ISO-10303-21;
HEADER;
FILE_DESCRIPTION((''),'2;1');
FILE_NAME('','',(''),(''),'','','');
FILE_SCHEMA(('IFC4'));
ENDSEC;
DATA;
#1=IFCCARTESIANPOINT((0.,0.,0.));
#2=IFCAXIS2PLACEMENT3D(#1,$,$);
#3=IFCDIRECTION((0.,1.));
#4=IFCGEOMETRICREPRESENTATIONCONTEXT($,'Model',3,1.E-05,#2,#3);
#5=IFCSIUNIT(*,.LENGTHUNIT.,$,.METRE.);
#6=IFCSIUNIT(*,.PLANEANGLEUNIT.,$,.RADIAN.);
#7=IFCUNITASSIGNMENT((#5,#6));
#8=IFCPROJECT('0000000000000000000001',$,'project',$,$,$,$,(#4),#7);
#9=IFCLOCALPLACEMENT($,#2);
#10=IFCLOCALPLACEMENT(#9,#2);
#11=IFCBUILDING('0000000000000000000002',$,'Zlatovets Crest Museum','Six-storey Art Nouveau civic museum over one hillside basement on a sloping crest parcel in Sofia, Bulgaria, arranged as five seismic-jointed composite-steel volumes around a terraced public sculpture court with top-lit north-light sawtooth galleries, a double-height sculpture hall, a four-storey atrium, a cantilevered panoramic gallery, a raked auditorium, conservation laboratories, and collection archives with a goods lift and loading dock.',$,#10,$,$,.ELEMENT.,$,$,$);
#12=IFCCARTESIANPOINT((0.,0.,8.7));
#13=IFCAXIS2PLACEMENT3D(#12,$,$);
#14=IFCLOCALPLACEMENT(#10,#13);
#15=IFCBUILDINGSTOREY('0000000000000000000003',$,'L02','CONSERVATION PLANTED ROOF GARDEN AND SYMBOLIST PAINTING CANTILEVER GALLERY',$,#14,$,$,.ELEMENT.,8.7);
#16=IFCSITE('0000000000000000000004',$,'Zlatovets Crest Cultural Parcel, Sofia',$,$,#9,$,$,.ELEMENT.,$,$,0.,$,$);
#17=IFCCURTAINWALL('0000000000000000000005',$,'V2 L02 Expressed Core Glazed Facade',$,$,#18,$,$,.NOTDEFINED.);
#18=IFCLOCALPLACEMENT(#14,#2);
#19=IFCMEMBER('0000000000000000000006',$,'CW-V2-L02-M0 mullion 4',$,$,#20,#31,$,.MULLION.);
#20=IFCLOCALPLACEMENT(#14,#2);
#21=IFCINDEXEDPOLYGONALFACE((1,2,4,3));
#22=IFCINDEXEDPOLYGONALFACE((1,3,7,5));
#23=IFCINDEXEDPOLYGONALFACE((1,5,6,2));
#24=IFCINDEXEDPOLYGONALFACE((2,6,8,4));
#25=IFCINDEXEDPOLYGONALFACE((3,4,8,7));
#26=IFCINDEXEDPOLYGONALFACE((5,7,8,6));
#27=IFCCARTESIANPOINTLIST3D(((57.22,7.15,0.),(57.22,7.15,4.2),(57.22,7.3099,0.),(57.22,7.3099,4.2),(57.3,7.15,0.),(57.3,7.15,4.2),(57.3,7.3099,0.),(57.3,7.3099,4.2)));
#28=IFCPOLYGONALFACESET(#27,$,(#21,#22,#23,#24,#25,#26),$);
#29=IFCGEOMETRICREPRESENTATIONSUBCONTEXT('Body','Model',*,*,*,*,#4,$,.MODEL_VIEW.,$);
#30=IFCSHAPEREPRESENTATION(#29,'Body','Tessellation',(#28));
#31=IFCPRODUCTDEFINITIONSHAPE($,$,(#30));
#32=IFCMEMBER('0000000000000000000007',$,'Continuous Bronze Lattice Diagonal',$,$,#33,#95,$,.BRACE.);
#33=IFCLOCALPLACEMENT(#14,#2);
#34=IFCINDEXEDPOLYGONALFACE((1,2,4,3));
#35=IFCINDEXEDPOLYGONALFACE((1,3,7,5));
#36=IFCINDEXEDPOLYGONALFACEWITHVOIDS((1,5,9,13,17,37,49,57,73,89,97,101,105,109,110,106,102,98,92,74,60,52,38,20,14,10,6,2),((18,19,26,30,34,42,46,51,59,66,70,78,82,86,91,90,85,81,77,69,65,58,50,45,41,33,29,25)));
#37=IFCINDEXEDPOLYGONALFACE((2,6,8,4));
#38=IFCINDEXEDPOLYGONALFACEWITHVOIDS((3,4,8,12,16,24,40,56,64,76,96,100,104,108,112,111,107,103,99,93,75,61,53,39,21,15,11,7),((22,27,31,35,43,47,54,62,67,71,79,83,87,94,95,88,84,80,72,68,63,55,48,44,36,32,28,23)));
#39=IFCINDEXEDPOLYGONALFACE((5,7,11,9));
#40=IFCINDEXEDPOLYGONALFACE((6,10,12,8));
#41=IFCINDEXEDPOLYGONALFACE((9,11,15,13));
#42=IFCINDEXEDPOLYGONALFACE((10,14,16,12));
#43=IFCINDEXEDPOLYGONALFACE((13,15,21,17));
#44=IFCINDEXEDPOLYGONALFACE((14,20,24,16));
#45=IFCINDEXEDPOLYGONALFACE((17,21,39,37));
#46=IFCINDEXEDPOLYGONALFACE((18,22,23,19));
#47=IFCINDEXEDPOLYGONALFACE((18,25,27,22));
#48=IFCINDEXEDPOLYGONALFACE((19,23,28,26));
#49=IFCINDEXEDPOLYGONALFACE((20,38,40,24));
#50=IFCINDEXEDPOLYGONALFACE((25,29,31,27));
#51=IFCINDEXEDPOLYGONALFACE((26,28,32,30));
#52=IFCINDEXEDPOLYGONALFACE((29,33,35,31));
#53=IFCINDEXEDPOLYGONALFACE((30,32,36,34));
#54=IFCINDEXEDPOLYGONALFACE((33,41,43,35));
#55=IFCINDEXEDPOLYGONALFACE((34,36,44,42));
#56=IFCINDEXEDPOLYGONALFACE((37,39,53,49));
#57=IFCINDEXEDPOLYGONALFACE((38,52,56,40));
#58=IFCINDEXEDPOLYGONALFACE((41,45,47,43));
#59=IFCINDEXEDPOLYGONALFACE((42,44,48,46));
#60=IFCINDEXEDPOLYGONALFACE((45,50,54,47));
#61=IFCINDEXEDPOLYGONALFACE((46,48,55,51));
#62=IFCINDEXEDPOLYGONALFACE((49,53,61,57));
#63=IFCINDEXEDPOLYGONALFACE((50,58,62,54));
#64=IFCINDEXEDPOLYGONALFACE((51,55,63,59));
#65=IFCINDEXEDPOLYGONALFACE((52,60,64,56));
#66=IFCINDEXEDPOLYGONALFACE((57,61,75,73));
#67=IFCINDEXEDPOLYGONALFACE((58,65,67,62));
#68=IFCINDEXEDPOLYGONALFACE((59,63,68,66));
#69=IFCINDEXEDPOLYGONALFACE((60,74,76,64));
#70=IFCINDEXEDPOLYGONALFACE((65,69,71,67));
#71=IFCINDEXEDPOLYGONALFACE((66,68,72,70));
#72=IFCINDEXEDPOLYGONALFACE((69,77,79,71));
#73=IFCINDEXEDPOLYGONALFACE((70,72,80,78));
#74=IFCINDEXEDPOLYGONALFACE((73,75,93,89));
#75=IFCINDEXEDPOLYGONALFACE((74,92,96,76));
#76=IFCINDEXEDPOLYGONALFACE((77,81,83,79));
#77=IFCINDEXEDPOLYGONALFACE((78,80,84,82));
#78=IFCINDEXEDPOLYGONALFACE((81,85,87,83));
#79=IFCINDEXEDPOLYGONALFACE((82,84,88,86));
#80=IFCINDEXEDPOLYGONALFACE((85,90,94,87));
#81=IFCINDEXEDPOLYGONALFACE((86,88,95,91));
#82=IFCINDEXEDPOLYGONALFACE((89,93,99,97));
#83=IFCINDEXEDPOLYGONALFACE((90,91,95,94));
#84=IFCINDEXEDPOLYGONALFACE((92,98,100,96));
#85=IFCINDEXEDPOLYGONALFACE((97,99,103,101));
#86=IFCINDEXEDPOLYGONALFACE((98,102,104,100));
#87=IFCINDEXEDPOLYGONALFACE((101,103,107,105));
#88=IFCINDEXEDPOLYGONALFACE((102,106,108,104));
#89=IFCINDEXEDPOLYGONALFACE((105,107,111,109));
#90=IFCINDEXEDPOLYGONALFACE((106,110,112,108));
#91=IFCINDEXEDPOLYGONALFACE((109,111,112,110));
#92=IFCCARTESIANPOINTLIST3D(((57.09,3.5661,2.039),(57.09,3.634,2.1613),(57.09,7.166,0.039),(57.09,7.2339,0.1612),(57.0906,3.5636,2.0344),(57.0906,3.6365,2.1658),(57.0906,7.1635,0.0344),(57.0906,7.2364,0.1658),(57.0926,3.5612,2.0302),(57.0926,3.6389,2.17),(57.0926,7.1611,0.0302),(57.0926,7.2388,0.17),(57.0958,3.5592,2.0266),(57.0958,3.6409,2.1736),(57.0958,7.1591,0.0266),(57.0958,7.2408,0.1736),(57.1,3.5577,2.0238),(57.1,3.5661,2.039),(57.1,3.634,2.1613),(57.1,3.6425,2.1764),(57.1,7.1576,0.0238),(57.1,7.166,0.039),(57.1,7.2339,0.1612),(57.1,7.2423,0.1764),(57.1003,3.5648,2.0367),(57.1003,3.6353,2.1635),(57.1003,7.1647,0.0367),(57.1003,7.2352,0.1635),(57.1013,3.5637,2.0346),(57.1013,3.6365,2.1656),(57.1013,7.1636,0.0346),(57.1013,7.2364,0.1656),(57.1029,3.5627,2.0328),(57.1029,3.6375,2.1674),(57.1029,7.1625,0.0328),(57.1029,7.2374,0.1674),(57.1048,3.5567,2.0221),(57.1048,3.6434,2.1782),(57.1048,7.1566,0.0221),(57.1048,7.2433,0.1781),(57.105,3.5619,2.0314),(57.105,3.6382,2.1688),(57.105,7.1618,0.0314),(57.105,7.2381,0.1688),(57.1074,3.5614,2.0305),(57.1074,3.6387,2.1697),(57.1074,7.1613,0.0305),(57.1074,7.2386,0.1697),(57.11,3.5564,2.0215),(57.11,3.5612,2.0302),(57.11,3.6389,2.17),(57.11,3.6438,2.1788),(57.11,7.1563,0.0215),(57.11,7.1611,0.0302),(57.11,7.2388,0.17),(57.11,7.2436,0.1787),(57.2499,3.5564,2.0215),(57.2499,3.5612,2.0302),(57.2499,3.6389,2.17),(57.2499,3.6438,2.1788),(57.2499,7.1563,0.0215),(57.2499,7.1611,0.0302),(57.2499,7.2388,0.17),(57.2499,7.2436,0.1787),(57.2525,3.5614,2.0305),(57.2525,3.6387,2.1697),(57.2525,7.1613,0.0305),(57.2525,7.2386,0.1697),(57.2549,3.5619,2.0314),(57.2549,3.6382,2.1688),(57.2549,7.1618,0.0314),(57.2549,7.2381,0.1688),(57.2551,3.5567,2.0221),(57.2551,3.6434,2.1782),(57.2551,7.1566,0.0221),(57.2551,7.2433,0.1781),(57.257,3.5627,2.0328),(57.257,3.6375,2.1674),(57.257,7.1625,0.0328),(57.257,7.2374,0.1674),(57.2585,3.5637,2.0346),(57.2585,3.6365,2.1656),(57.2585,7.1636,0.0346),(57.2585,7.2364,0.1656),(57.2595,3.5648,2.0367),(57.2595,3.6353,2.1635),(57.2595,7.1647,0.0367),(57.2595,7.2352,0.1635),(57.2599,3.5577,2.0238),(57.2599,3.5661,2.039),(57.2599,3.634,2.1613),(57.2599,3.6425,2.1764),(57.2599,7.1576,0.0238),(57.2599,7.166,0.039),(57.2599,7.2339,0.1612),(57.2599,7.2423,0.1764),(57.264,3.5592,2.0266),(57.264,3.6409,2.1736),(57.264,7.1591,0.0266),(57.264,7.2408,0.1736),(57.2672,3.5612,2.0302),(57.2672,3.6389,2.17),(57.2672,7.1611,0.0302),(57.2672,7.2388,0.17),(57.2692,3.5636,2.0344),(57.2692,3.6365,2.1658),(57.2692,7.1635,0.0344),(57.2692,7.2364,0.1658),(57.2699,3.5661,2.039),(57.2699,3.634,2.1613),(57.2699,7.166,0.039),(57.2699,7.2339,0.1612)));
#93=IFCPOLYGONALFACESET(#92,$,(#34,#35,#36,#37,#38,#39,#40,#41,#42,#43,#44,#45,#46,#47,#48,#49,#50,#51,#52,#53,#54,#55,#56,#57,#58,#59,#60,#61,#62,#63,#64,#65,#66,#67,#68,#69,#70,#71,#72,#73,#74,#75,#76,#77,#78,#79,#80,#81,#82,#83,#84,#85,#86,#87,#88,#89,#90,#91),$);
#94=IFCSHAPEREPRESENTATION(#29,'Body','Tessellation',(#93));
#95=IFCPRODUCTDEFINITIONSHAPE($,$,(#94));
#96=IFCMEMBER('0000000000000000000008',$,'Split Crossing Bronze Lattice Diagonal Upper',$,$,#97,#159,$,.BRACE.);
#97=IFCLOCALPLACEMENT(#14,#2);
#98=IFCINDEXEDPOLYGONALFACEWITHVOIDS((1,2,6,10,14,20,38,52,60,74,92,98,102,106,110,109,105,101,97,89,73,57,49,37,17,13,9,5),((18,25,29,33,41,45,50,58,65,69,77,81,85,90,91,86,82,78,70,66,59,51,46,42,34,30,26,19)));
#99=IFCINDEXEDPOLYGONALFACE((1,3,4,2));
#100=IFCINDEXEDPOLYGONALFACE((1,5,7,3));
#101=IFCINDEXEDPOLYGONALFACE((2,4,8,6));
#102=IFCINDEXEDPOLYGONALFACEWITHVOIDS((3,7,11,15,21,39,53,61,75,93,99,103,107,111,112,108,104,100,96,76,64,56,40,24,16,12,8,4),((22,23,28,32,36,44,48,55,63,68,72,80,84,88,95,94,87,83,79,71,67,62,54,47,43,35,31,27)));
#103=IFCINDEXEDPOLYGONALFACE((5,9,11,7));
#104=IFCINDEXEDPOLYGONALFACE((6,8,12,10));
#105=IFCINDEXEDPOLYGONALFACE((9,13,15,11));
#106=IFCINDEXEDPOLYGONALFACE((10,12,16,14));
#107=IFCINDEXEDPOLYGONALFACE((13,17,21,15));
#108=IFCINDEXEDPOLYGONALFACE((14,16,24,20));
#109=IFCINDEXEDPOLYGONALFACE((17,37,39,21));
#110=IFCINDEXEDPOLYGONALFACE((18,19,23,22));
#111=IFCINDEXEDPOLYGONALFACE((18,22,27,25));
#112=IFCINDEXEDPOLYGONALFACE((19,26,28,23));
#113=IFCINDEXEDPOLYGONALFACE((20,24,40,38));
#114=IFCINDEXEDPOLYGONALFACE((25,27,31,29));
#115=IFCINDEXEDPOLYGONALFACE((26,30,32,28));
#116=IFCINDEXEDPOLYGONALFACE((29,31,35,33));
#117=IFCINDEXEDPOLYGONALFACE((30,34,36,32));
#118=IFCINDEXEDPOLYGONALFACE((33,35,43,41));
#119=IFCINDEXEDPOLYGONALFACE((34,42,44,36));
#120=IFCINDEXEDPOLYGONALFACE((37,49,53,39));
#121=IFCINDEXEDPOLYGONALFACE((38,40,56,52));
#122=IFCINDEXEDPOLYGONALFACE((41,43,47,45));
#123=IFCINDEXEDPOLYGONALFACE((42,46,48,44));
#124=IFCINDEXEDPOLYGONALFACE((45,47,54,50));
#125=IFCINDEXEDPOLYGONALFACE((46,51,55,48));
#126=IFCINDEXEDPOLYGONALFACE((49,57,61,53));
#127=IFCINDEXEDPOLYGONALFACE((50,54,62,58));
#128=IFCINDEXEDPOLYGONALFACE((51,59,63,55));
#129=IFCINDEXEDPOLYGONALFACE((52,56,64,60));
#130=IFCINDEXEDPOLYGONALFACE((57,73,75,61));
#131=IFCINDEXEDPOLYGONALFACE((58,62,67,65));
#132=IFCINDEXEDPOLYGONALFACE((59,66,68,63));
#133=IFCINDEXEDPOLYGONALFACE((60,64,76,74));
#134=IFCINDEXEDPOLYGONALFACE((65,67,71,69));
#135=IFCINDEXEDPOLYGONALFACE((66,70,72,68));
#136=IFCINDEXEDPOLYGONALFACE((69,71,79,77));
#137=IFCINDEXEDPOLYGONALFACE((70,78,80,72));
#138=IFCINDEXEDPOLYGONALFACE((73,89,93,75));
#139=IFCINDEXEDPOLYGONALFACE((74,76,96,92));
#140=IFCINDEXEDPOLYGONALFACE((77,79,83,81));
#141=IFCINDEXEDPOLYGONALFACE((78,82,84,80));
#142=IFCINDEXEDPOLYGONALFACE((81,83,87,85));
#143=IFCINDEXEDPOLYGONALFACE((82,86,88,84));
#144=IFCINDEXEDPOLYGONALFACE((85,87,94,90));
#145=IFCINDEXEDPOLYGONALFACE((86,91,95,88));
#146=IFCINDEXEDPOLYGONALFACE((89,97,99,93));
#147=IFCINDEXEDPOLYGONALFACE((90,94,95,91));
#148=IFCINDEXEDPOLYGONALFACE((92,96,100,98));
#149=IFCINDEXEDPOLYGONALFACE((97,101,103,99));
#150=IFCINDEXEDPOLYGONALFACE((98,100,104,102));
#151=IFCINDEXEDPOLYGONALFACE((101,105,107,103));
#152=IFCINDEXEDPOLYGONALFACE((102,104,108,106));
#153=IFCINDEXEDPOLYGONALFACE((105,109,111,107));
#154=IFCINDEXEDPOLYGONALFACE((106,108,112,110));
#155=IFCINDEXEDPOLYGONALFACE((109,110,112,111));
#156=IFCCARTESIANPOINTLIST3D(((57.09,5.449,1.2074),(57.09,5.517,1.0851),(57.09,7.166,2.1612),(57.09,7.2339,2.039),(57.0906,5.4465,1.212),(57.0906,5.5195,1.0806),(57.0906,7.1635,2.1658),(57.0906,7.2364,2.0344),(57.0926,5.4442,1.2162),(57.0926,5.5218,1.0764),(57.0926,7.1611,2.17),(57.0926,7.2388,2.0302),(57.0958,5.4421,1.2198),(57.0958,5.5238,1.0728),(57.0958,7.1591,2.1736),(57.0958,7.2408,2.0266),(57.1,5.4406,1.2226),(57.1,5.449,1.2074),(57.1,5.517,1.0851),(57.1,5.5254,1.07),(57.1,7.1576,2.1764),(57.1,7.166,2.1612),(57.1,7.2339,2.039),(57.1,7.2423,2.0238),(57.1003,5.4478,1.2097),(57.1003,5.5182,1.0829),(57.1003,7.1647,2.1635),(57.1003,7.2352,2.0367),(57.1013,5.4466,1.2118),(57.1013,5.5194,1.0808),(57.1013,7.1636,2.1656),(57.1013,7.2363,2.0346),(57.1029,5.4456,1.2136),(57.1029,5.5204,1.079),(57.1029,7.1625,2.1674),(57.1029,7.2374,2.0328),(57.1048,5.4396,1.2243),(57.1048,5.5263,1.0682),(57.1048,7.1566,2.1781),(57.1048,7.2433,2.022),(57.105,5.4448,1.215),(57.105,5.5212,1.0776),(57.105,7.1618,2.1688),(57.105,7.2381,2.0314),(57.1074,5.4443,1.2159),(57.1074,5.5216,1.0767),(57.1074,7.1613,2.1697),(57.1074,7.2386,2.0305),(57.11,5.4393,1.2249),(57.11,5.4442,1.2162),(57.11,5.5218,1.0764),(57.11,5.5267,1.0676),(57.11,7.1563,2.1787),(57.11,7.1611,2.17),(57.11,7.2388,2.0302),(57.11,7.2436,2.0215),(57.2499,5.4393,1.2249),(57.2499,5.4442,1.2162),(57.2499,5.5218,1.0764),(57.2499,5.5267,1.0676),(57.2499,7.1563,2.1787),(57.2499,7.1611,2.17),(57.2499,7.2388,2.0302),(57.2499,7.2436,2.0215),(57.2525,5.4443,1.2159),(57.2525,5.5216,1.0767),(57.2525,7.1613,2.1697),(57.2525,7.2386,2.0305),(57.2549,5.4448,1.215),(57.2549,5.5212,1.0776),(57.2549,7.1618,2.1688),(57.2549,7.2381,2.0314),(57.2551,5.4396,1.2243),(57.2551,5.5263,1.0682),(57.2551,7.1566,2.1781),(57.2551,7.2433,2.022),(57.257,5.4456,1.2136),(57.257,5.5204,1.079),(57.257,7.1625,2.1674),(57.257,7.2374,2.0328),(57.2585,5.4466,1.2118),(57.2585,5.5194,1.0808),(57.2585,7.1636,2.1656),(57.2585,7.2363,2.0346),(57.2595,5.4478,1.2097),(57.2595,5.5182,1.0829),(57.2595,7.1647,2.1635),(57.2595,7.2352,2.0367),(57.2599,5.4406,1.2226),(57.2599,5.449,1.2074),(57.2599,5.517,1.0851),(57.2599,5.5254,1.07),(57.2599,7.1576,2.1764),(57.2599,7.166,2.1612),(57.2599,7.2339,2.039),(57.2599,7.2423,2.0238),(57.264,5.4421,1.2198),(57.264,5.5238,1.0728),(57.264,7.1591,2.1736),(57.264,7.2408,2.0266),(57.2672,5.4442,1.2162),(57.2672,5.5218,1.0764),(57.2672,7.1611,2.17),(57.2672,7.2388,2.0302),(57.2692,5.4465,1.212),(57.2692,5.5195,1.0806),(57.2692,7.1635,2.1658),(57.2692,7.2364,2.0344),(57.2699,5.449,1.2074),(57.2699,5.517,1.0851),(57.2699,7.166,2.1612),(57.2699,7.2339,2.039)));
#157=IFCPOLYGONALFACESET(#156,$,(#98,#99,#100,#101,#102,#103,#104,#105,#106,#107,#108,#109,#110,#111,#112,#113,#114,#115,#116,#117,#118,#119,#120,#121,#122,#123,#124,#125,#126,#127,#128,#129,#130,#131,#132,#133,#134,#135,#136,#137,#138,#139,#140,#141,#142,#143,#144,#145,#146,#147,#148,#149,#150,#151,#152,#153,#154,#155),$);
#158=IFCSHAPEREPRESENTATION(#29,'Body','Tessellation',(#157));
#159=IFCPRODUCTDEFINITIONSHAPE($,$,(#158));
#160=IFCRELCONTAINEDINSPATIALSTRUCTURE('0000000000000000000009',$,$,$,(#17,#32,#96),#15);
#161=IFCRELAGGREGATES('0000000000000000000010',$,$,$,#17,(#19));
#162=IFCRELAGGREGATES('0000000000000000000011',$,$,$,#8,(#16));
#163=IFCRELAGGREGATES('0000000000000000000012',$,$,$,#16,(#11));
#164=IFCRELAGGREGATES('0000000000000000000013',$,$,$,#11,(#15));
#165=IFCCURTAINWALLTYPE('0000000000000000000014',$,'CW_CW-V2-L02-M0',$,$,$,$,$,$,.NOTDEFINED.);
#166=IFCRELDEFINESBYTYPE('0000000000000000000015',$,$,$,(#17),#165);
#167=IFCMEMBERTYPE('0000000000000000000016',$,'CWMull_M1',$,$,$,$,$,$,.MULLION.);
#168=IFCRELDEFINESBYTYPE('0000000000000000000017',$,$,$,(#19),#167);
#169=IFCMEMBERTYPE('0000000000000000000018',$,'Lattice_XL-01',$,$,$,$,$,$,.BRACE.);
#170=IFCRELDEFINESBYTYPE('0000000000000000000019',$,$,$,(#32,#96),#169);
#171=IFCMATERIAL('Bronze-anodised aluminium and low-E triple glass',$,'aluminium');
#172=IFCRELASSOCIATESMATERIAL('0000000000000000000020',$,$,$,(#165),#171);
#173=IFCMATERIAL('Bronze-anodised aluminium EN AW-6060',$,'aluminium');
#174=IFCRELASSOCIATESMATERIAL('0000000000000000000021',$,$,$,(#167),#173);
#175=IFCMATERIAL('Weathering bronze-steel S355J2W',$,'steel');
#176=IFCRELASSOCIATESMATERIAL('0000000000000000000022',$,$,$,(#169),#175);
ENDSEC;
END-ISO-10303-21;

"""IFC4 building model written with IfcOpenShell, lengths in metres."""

from ifc_helpers import new_model, si_unit, direction, frame, origin, origin_2d, place, context, subcontext, project, spatial, rectangle, hollow_rectangle, extrude, material, material_profile, profile_set, type_object, element, aggregate, save


model = new_model("IFC4")

# Units and contexts
model_context = context("Model", 3, precision=1e-05, world=origin(), true_north=direction((0.0, 1.0)))
body_context = subcontext(model_context, "Body", "Model", "MODEL_VIEW")
ifc_project = project(units=[si_unit("LENGTHUNIT", "METRE"), si_unit("PLANEANGLEUNIT", "RADIAN")], contexts=[model_context])

# Site, building, storey
site_placement = place(None, origin())
site = spatial("IfcSite", under=ifc_project, at=site_placement, Name="Zlatovets Crest Cultural Parcel, Sofia", CompositionType="ELEMENT", RefElevation=0.0)
building_placement = place(site_placement, origin())
building = spatial("IfcBuilding", under=site, at=building_placement, Name="Zlatovets Crest Museum", Description="Six-storey Art Nouveau civic museum over one hillside basement on a sloping crest parcel in Sofia, Bulgaria, arranged as five seismic-jointed composite-steel volumes around a terraced public sculpture court with top-lit north-light sawtooth galleries, a double-height sculpture hall, a four-storey atrium, a cantilevered panoramic gallery, a raked auditorium, conservation laboratories, and collection archives with a goods lift and loading dock.", CompositionType="ELEMENT")
storey_placement = place(building_placement, frame((0.0, 0.0, 8.7)))
storey = spatial("IfcBuildingStorey", under=building, at=storey_placement, Name="L02", Description="CONSERVATION PLANTED ROOF GARDEN AND SYMBOLIST PAINTING CANTILEVER GALLERY", CompositionType="ELEMENT", Elevation=8.7)

# Curtain wall, member
ifc_material_1 = material(Name="Bronze-anodised aluminium and low-E triple glass", Category="aluminium")
curtain_wall_type = type_object("IfcCurtainWallType", Name="CW_CW-V2-L02-M0", PredefinedType="NOTDEFINED", material=ifc_material_1)
curtain_wall_placement = place(storey_placement, origin())
curtain_wall = element("IfcCurtainWall", 1, at=curtain_wall_placement, inside=storey, type_object=curtain_wall_type, Name="V2 L02 Expressed Core Glazed Facade", PredefinedType="NOTDEFINED")
ifc_material_2 = material(Name="Bronze-anodised aluminium EN AW-6060", Category="aluminium")
ifc_material_profile_1 = material_profile(ifc_material_2, rectangle(XDim=0.0801, YDim=0.1599, at=origin_2d()), Name="ALU 80x160")
ifc_profile_set_1 = profile_set([ifc_material_profile_1], Name="Bronze-anodised aluminium EN AW-6060")
member_type_1 = type_object("IfcMemberType", Name="CWMull_M1", PredefinedType="MULLION", material=ifc_profile_set_1)
member_1_placement = place(storey_placement, frame((57.26, 7.23, 0.0), z_axis=(0.0, 0.0, 1.0), x_axis=(1.0, 0.0, 0.0)))
member_1 = element("IfcMember", 2, at=member_1_placement, type_object=member_type_1, Name="CW-V2-L02-M0 mullion 4", PredefinedType="MULLION", context=body_context, shape_type="SweptSolid", body=[
    extrude(rectangle(XDim=0.0801, YDim=0.1599, at=origin_2d()), origin(), (0.0, 0.0, 1.0), 4.2),
])

# Members
ifc_material_3 = material(Name="Weathering bronze-steel S355J2W", Category="steel")
ifc_material_profile_2 = material_profile(ifc_material_3, hollow_rectangle(XDim=0.1799, YDim=0.1799, WallThickness=0.01, InnerFilletRadius=0.01, OuterFilletRadius=0.02, at=origin_2d()), Name="SHS 180x180x10.0")
ifc_profile_set_2 = profile_set([ifc_material_profile_2], Name="Weathering bronze-steel S355J2W")
member_type_2 = type_object("IfcMemberType", Name="Lattice_XL-01", PredefinedType="BRACE", material=ifc_profile_set_2)
member_2_placement = place(storey_placement, frame((57.1799, 7.2, 0.1001), z_axis=(0.0, -0.874149, 0.485658), x_axis=(1.0, 0.0, 0.0)))
element("IfcMember", 3, at=member_2_placement, inside=storey, type_object=member_type_2, Name="Continuous Bronze Lattice Diagonal", PredefinedType="BRACE", context=body_context, shape_type="SweptSolid", body=[
    extrude(hollow_rectangle(XDim=0.1799, YDim=0.1799, WallThickness=0.01, InnerFilletRadius=0.01, OuterFilletRadius=0.02, at=origin_2d()), origin(), (0.0, 0.0, 1.0), 4.1182),
])
member_3_placement = place(storey_placement, frame((57.1799, 7.2, 2.1001), z_axis=(0.0, -0.874169, -0.485622), x_axis=(1.0, 0.0, 0.0)))
element("IfcMember", 4, at=member_3_placement, inside=storey, type_object=member_type_2, Name="Split Crossing Bronze Lattice Diagonal Upper", PredefinedType="BRACE", context=body_context, shape_type="SweptSolid", body=[
    extrude(hollow_rectangle(XDim=0.1799, YDim=0.1799, WallThickness=0.01, InnerFilletRadius=0.01, OuterFilletRadius=0.02, at=origin_2d()), origin(), (0.0, 0.0, 1.0), 1.9641),
])

aggregate(curtain_wall, [member_1])

save(model, "model.ifc")
